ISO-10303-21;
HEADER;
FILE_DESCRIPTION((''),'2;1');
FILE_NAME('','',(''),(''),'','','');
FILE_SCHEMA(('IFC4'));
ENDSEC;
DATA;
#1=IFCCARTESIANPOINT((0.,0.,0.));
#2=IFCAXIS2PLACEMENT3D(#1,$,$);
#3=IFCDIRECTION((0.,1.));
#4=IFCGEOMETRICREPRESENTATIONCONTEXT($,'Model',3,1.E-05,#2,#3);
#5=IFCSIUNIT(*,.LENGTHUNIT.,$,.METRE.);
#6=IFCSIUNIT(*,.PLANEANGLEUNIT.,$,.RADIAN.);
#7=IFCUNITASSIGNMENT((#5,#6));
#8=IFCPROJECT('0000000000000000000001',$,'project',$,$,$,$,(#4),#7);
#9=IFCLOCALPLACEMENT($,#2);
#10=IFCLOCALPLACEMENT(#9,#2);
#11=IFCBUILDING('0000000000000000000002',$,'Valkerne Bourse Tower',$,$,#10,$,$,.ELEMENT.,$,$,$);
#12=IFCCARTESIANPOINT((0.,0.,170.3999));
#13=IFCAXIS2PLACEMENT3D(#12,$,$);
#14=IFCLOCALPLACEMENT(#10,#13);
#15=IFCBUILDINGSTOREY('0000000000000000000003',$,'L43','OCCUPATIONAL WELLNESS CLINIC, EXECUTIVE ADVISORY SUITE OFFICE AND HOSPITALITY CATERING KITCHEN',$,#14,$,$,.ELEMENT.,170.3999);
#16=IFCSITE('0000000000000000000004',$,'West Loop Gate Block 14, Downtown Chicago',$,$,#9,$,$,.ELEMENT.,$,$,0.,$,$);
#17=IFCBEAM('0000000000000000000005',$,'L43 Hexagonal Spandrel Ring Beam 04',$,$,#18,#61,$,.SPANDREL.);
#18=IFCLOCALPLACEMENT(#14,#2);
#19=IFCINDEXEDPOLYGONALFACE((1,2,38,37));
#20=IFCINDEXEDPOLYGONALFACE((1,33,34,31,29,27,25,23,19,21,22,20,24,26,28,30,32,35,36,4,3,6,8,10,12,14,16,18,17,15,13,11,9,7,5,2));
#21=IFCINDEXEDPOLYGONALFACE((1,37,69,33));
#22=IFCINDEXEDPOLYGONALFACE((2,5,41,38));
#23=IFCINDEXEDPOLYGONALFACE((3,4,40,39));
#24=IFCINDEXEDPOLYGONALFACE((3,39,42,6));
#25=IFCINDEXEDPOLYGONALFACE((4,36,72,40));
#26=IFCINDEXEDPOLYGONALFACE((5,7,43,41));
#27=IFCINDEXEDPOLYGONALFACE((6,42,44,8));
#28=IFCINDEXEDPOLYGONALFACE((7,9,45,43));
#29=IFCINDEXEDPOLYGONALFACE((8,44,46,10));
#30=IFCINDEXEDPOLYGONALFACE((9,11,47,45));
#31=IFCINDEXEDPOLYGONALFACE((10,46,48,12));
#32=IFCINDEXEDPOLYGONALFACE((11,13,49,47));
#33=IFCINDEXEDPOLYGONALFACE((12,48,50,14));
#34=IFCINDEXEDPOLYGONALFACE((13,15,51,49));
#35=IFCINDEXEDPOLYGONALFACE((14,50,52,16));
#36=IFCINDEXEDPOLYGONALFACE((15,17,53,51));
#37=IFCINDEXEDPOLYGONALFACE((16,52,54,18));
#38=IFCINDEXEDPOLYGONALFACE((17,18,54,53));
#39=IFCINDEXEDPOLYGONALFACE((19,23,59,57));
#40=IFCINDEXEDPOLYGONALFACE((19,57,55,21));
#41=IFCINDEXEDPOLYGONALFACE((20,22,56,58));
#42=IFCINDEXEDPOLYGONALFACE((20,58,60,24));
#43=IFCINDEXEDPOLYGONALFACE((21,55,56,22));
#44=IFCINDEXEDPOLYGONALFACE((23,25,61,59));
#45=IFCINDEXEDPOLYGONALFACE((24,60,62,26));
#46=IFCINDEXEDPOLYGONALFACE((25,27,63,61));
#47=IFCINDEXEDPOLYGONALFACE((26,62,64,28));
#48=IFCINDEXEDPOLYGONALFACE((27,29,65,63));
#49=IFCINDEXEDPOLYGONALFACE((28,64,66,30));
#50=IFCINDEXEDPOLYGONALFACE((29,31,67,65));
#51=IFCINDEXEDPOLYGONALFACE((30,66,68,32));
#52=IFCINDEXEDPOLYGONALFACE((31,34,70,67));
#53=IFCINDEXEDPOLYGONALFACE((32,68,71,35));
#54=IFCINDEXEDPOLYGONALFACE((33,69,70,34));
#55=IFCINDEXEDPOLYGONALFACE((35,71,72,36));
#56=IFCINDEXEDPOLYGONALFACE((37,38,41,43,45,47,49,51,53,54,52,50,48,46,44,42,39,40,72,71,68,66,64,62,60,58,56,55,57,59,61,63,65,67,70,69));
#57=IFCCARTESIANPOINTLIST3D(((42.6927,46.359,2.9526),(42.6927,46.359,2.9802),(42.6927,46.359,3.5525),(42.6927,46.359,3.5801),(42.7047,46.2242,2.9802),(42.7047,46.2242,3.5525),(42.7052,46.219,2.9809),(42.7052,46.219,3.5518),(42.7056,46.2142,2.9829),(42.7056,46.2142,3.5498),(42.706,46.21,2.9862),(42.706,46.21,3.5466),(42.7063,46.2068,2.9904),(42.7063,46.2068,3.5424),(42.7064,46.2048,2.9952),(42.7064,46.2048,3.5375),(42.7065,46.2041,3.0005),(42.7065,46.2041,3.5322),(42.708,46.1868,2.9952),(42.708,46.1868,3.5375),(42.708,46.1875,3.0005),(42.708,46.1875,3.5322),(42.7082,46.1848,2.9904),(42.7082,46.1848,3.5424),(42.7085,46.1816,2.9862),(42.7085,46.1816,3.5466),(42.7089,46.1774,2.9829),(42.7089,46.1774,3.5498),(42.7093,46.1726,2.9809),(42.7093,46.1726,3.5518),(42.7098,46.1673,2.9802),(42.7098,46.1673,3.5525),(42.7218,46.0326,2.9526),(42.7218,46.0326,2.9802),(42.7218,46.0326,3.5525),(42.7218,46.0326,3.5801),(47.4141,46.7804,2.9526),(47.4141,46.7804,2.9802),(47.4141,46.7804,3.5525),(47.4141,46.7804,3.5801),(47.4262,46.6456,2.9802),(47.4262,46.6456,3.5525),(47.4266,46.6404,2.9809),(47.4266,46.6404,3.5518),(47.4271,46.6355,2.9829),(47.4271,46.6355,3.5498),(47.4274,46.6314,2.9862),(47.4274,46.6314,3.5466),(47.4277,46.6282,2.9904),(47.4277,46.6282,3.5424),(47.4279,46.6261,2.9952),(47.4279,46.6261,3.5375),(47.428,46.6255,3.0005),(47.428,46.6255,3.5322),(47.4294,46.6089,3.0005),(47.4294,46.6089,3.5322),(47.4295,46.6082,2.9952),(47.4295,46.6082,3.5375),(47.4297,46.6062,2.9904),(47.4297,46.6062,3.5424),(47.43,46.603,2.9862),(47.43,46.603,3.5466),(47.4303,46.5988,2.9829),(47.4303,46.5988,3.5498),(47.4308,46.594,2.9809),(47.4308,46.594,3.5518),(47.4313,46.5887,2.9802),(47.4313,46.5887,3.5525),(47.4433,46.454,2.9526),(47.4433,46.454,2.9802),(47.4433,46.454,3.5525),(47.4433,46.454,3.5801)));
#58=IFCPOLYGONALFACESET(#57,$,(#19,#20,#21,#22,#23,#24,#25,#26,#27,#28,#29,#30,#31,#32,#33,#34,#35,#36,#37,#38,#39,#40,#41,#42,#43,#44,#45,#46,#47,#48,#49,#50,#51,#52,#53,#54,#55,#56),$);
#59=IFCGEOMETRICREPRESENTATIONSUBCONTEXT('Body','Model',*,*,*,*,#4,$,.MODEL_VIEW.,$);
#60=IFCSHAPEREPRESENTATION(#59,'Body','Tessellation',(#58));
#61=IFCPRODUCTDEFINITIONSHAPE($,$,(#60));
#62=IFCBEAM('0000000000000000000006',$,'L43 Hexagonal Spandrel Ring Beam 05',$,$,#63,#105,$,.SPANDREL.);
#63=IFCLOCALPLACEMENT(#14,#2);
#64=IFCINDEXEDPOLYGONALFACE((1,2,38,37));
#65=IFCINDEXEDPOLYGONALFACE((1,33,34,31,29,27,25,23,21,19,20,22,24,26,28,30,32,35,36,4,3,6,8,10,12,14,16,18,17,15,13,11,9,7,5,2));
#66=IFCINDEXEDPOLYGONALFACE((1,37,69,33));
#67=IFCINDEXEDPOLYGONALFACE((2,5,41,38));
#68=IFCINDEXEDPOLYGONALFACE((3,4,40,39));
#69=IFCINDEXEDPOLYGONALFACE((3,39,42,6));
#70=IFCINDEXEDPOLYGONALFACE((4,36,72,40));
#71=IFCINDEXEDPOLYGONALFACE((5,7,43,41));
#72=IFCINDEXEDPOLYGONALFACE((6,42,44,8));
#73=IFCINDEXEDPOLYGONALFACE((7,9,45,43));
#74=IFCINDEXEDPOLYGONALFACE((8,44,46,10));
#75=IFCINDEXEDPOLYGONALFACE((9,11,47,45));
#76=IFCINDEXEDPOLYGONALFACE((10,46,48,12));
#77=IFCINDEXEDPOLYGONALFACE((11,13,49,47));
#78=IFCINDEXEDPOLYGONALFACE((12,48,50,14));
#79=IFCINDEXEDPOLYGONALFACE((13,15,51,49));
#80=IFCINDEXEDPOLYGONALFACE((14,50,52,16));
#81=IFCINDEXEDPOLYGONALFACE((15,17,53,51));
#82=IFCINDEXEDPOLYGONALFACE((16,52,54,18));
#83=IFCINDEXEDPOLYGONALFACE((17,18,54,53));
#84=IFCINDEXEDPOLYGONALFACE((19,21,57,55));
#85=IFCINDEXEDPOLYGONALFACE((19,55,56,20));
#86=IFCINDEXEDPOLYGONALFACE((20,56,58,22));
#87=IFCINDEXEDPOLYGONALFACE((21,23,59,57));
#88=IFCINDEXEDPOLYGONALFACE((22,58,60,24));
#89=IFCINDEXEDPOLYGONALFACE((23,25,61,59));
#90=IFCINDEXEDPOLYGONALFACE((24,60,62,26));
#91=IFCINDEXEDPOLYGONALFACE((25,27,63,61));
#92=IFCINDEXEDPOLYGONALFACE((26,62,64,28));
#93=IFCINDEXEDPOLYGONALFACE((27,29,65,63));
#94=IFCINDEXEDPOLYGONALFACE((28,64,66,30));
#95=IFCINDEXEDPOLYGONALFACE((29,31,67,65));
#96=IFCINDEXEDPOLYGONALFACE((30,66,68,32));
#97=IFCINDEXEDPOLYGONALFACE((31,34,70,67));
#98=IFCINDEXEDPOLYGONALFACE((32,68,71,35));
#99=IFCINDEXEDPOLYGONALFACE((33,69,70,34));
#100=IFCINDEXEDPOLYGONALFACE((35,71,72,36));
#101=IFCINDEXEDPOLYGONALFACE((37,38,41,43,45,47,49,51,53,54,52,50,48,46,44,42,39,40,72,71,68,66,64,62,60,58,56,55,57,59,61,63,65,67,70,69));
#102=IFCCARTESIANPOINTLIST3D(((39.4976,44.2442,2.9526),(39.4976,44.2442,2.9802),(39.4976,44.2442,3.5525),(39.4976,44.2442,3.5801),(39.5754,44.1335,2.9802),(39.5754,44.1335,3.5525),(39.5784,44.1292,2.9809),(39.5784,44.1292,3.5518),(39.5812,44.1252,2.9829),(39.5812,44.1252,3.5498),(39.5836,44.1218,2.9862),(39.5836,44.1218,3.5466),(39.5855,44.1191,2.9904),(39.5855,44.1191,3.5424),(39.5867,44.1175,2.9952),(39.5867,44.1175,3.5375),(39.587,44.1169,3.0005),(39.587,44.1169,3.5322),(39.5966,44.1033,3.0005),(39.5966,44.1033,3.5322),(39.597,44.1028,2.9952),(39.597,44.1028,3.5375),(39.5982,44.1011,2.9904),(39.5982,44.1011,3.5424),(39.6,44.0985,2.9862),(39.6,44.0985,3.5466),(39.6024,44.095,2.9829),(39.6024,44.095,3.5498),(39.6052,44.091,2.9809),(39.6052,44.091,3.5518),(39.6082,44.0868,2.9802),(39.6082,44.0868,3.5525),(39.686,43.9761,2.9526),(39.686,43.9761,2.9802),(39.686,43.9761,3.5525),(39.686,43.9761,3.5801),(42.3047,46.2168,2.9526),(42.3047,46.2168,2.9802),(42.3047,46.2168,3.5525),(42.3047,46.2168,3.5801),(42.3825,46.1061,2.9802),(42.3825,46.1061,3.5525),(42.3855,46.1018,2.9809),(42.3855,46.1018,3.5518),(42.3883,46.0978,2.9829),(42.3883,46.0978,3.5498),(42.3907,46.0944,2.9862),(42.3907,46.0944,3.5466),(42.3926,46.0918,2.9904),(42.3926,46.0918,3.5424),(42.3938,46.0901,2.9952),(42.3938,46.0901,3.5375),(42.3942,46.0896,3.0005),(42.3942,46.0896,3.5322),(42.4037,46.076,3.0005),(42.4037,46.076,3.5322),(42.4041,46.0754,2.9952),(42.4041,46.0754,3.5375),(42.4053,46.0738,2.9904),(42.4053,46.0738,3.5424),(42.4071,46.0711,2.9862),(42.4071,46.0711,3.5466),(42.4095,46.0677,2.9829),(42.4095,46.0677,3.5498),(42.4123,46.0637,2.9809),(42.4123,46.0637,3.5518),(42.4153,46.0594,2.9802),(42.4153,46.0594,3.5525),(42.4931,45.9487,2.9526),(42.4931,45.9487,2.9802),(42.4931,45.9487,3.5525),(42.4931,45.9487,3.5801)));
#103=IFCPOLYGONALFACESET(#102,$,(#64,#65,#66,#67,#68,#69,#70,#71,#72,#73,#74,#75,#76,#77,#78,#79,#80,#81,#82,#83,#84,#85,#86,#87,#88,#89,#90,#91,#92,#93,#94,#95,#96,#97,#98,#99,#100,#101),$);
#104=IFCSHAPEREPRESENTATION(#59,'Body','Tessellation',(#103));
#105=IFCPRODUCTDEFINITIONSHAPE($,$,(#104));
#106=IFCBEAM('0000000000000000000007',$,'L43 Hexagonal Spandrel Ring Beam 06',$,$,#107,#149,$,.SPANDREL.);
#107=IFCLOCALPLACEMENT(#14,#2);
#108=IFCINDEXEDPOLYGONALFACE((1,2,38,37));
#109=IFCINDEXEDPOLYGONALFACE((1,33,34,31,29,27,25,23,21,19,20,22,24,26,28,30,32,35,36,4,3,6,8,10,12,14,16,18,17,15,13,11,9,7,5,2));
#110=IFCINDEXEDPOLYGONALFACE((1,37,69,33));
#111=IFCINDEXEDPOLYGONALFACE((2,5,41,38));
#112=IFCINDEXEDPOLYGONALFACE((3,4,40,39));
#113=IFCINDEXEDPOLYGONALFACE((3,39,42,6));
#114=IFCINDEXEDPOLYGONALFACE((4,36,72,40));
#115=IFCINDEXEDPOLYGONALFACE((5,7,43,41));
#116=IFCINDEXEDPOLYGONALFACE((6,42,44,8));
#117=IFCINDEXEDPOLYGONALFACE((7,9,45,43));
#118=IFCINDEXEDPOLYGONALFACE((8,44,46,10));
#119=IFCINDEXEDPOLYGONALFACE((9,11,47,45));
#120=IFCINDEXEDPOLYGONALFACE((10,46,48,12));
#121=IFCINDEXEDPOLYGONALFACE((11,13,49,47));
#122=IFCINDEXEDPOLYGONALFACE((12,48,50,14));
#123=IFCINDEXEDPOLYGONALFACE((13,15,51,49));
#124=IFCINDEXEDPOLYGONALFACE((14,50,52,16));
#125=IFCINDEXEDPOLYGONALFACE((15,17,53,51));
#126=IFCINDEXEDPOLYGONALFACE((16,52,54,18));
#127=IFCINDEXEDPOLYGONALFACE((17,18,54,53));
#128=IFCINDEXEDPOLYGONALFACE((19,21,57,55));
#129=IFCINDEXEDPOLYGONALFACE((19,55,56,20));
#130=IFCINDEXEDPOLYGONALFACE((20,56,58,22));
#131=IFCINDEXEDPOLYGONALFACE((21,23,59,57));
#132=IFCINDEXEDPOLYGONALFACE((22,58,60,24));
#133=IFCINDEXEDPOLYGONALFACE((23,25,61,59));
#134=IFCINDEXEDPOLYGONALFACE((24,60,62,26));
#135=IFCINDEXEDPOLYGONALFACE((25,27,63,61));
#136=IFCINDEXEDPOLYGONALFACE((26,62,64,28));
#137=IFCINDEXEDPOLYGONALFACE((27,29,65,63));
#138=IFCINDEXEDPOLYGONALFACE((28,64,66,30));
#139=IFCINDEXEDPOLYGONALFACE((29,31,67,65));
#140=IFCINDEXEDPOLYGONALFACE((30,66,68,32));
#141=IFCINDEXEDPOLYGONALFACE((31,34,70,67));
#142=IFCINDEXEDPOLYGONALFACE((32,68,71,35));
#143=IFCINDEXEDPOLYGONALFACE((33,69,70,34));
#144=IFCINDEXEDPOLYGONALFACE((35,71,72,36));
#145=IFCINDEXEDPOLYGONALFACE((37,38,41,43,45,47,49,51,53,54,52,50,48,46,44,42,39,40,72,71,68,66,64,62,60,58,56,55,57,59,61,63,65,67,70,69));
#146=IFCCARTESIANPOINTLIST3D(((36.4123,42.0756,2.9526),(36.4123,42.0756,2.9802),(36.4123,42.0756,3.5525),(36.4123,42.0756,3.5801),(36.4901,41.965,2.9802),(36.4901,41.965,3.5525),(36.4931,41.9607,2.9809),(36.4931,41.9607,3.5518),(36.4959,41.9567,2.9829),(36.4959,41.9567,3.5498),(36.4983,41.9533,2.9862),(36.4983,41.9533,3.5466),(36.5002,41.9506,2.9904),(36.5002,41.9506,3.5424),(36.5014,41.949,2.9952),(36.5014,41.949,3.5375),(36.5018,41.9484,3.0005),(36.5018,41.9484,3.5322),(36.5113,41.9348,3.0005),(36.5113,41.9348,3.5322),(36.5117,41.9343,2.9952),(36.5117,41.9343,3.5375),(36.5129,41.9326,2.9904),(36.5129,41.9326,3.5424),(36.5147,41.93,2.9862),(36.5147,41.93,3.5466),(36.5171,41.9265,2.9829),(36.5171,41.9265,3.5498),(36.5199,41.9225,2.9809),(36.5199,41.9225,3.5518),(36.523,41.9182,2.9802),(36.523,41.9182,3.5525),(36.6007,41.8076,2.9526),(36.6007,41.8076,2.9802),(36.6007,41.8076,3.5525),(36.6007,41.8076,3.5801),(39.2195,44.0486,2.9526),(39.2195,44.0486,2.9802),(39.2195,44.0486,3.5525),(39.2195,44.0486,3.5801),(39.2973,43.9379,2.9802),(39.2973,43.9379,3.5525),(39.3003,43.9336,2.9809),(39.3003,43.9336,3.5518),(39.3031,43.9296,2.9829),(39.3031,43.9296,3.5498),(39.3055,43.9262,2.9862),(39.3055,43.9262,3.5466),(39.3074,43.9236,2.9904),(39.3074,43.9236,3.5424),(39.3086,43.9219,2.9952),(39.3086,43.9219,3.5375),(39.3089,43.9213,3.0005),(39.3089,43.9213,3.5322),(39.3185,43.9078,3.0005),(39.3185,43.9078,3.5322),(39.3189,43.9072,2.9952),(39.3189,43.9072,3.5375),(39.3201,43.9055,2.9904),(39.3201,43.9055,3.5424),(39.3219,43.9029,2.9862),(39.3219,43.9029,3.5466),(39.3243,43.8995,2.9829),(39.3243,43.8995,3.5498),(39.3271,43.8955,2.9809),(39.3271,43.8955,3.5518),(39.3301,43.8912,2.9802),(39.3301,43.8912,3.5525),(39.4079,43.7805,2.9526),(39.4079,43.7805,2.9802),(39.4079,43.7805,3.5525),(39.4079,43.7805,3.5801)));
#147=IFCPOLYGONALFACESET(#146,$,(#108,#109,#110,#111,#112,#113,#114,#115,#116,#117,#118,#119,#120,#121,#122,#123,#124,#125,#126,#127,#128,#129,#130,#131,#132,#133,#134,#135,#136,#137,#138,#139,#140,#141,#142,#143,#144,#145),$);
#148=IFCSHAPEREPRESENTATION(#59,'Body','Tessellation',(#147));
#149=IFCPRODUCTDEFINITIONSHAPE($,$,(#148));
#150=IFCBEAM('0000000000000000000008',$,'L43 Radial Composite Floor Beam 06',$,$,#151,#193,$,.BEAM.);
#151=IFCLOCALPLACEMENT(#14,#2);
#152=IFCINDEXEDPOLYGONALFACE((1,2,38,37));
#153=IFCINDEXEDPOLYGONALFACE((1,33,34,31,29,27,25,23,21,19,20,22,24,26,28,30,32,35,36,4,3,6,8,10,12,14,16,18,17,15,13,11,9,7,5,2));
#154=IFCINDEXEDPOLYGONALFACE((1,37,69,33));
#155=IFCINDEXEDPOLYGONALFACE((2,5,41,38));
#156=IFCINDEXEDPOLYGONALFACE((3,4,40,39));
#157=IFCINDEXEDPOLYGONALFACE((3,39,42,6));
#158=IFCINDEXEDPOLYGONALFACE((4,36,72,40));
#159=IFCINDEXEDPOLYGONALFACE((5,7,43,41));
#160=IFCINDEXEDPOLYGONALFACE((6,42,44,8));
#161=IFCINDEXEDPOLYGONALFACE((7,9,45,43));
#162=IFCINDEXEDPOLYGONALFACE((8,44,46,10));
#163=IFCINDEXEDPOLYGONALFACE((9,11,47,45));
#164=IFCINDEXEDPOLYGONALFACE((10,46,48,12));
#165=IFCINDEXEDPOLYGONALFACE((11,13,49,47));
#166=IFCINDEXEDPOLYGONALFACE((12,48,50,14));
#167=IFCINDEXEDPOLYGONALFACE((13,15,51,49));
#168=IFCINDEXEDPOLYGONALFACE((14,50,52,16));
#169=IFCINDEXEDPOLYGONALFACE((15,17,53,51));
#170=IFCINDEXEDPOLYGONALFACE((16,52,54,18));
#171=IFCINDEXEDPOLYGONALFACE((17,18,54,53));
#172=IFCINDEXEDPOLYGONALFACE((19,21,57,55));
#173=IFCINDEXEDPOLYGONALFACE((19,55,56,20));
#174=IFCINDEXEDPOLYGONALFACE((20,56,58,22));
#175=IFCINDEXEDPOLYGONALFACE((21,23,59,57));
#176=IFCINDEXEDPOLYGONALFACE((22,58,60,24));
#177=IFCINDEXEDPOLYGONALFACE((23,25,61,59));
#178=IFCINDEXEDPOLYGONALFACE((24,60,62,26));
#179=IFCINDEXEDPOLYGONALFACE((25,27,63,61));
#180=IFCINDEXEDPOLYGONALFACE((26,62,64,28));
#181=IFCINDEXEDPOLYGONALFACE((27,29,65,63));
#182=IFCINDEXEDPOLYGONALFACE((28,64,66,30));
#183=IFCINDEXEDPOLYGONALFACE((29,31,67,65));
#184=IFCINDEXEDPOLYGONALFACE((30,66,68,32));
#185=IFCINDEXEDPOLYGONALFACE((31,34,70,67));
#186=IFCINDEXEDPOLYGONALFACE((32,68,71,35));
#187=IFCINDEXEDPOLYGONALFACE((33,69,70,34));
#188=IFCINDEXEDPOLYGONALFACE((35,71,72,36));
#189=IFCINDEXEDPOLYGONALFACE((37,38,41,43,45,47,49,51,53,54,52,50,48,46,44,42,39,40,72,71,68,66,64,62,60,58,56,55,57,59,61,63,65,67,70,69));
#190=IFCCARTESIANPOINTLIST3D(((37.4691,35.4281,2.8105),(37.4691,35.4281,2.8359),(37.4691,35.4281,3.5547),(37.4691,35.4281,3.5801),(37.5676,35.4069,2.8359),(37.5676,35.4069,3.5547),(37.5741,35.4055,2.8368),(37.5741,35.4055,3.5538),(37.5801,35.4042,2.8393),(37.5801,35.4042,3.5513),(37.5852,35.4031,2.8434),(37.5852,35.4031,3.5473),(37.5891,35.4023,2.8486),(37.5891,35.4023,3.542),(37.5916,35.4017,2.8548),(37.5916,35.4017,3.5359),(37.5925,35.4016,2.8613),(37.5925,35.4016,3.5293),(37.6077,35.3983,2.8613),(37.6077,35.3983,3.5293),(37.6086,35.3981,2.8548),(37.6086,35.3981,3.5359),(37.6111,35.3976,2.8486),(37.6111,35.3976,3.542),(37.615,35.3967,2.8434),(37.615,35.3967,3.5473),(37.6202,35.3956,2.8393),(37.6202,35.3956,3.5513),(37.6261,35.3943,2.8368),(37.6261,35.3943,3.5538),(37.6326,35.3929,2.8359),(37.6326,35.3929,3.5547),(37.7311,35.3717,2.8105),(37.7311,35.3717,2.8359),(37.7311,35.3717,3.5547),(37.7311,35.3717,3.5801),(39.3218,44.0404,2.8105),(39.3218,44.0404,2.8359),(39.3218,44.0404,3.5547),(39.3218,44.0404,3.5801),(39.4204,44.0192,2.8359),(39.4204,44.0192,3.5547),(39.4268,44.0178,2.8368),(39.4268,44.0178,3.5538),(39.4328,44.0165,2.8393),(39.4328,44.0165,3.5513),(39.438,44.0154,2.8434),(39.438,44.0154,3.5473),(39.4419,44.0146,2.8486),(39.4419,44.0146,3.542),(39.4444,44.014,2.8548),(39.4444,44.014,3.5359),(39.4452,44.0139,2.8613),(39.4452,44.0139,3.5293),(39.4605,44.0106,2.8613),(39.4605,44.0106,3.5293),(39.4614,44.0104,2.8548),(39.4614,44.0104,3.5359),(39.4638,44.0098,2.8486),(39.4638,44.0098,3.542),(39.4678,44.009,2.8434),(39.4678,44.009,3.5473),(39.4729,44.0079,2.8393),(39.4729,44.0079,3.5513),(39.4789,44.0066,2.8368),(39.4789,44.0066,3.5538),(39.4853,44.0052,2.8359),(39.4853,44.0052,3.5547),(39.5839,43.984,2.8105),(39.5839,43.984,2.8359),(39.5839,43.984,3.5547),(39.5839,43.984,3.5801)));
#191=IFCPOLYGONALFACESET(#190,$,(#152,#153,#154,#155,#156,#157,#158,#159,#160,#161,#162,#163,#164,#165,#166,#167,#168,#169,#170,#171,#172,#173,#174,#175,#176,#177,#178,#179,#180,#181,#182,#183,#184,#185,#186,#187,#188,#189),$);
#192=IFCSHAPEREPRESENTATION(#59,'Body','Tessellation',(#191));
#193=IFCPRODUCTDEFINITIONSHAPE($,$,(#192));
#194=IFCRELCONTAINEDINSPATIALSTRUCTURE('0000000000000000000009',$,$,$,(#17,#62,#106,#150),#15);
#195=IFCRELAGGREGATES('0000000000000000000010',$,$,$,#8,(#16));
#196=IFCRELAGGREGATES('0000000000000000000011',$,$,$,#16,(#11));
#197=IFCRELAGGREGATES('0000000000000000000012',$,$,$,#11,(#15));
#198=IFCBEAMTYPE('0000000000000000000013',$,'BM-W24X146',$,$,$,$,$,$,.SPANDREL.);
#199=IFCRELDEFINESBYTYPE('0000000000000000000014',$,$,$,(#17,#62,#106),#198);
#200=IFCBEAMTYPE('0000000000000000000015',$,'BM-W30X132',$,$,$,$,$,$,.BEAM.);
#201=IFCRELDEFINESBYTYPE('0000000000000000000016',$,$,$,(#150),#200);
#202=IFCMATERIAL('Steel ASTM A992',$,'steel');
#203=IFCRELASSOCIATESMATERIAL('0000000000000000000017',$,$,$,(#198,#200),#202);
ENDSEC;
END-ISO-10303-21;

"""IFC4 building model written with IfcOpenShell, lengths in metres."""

from ifc_helpers import new_model, si_unit, direction, frame, origin, origin_2d, place, context, subcontext, project, spatial, i_section, extrude, material, material_profile, profile_set, type_object, element, save


model = new_model("IFC4")

# Units and contexts
model_context = context("Model", 3, precision=1e-05, world=origin(), true_north=direction((0.0, 1.0)))
body_context = subcontext(model_context, "Body", "Model", "MODEL_VIEW")
ifc_project = project(units=[si_unit("LENGTHUNIT", "METRE"), si_unit("PLANEANGLEUNIT", "RADIAN")], contexts=[model_context])

# Site, building, storey
site_placement = place(None, origin())
site = spatial("IfcSite", under=ifc_project, at=site_placement, Name="West Loop Gate Block 14, Downtown Chicago", CompositionType="ELEMENT", RefElevation=0.0)
building_placement = place(site_placement, origin())
building = spatial("IfcBuilding", under=site, at=building_placement, Name="Valkerne Bourse Tower", CompositionType="ELEMENT")
storey_placement = place(building_placement, frame((0.0, 0.0, 170.3999)))
storey = spatial("IfcBuildingStorey", under=building, at=storey_placement, Name="L43", Description="OCCUPATIONAL WELLNESS CLINIC, EXECUTIVE ADVISORY SUITE OFFICE AND HOSPITALITY CATERING KITCHEN", CompositionType="ELEMENT", Elevation=170.3999)

# Beams
ifc_material_1 = material(Name="Steel ASTM A992", Category="steel")
ifc_material_profile_1 = material_profile(ifc_material_1, i_section(OverallWidth=0.3276, OverallDepth=0.6274, WebThickness=0.0166, FlangeThickness=0.0276, FilletRadius=0.0203, at=origin_2d()), Name="W24X146")
ifc_profile_set_1 = profile_set([ifc_material_profile_1], Name="Steel ASTM A992")
beam_type_1 = type_object("IfcBeamType", Name="BM-W24X146", PredefinedType="SPANDREL", material=ifc_profile_set_1)
beam_1_placement = place(storey_placement, frame((47.4287, 46.6172, 3.2664), z_axis=(-0.996041, -0.088896, 0.0), x_axis=(0.088896, -0.996041, 0.0)))
element("IfcBeam", 1, at=beam_1_placement, inside=storey, type_object=beam_type_1, Name="L43 Hexagonal Spandrel Ring Beam 04", PredefinedType="SPANDREL", context=body_context, shape_type="SweptSolid", body=[
    extrude(i_section(OverallWidth=0.3276, OverallDepth=0.6274, WebThickness=0.0166, FlangeThickness=0.0276, FilletRadius=0.0203, at=origin_2d()), origin(), (0.0, 0.0, 1.0), 4.7402),
])
beam_2_placement = place(storey_placement, frame((42.3989, 46.0828, 3.2664), z_axis=(-0.818181, -0.574961, 0.0), x_axis=(0.574961, -0.818181, 0.0)))
element("IfcBeam", 2, at=beam_2_placement, inside=storey, type_object=beam_type_1, Name="L43 Hexagonal Spandrel Ring Beam 05", PredefinedType="SPANDREL", context=body_context, shape_type="SweptSolid", body=[
    extrude(i_section(OverallWidth=0.3276, OverallDepth=0.6274, WebThickness=0.0166, FlangeThickness=0.0276, FilletRadius=0.0203, at=origin_2d()), origin(), (0.0, 0.0, 1.0), 3.4309),
])
beam_3_placement = place(storey_placement, frame((39.3137, 43.9146, 3.2664), z_axis=(-0.818147, -0.575009, 0.0), x_axis=(0.575009, -0.818147, 0.0)))
element("IfcBeam", 3, at=beam_3_placement, inside=storey, type_object=beam_type_1, Name="L43 Hexagonal Spandrel Ring Beam 06", PredefinedType="SPANDREL", context=body_context, shape_type="SweptSolid", body=[
    extrude(i_section(OverallWidth=0.3276, OverallDepth=0.6274, WebThickness=0.0166, FlangeThickness=0.0276, FilletRadius=0.0203, at=origin_2d()), origin(), (0.0, 0.0, 1.0), 3.4312),
])
ifc_material_profile_2 = material_profile(ifc_material_1, i_section(OverallWidth=0.2681, OverallDepth=0.7695, WebThickness=0.0156, FlangeThickness=0.0254, FilletRadius=0.0254, at=origin_2d()), Name="W30X132")
ifc_profile_set_2 = profile_set([ifc_material_profile_2], Name="Steel ASTM A992")
beam_type_2 = type_object("IfcBeamType", Name="BM-W30X132", PredefinedType="BEAM", material=ifc_profile_set_2)
beam_4_placement = place(storey_placement, frame((39.4529, 44.0122, 3.1953), z_axis=(-0.21032, -0.977633, 0.0), x_axis=(0.977633, -0.21032, 0.0)))
element("IfcBeam", 4, at=beam_4_placement, inside=storey, type_object=beam_type_2, Name="L43 Radial Composite Floor Beam 06", PredefinedType="BEAM", context=body_context, shape_type="SweptSolid", body=[
    extrude(i_section(OverallWidth=0.2681, OverallDepth=0.7695, WebThickness=0.0156, FlangeThickness=0.0254, FilletRadius=0.0254, at=origin_2d()), origin(), (0.0, 0.0, 1.0), 8.8093),
])

save(model, "model.ifc")
